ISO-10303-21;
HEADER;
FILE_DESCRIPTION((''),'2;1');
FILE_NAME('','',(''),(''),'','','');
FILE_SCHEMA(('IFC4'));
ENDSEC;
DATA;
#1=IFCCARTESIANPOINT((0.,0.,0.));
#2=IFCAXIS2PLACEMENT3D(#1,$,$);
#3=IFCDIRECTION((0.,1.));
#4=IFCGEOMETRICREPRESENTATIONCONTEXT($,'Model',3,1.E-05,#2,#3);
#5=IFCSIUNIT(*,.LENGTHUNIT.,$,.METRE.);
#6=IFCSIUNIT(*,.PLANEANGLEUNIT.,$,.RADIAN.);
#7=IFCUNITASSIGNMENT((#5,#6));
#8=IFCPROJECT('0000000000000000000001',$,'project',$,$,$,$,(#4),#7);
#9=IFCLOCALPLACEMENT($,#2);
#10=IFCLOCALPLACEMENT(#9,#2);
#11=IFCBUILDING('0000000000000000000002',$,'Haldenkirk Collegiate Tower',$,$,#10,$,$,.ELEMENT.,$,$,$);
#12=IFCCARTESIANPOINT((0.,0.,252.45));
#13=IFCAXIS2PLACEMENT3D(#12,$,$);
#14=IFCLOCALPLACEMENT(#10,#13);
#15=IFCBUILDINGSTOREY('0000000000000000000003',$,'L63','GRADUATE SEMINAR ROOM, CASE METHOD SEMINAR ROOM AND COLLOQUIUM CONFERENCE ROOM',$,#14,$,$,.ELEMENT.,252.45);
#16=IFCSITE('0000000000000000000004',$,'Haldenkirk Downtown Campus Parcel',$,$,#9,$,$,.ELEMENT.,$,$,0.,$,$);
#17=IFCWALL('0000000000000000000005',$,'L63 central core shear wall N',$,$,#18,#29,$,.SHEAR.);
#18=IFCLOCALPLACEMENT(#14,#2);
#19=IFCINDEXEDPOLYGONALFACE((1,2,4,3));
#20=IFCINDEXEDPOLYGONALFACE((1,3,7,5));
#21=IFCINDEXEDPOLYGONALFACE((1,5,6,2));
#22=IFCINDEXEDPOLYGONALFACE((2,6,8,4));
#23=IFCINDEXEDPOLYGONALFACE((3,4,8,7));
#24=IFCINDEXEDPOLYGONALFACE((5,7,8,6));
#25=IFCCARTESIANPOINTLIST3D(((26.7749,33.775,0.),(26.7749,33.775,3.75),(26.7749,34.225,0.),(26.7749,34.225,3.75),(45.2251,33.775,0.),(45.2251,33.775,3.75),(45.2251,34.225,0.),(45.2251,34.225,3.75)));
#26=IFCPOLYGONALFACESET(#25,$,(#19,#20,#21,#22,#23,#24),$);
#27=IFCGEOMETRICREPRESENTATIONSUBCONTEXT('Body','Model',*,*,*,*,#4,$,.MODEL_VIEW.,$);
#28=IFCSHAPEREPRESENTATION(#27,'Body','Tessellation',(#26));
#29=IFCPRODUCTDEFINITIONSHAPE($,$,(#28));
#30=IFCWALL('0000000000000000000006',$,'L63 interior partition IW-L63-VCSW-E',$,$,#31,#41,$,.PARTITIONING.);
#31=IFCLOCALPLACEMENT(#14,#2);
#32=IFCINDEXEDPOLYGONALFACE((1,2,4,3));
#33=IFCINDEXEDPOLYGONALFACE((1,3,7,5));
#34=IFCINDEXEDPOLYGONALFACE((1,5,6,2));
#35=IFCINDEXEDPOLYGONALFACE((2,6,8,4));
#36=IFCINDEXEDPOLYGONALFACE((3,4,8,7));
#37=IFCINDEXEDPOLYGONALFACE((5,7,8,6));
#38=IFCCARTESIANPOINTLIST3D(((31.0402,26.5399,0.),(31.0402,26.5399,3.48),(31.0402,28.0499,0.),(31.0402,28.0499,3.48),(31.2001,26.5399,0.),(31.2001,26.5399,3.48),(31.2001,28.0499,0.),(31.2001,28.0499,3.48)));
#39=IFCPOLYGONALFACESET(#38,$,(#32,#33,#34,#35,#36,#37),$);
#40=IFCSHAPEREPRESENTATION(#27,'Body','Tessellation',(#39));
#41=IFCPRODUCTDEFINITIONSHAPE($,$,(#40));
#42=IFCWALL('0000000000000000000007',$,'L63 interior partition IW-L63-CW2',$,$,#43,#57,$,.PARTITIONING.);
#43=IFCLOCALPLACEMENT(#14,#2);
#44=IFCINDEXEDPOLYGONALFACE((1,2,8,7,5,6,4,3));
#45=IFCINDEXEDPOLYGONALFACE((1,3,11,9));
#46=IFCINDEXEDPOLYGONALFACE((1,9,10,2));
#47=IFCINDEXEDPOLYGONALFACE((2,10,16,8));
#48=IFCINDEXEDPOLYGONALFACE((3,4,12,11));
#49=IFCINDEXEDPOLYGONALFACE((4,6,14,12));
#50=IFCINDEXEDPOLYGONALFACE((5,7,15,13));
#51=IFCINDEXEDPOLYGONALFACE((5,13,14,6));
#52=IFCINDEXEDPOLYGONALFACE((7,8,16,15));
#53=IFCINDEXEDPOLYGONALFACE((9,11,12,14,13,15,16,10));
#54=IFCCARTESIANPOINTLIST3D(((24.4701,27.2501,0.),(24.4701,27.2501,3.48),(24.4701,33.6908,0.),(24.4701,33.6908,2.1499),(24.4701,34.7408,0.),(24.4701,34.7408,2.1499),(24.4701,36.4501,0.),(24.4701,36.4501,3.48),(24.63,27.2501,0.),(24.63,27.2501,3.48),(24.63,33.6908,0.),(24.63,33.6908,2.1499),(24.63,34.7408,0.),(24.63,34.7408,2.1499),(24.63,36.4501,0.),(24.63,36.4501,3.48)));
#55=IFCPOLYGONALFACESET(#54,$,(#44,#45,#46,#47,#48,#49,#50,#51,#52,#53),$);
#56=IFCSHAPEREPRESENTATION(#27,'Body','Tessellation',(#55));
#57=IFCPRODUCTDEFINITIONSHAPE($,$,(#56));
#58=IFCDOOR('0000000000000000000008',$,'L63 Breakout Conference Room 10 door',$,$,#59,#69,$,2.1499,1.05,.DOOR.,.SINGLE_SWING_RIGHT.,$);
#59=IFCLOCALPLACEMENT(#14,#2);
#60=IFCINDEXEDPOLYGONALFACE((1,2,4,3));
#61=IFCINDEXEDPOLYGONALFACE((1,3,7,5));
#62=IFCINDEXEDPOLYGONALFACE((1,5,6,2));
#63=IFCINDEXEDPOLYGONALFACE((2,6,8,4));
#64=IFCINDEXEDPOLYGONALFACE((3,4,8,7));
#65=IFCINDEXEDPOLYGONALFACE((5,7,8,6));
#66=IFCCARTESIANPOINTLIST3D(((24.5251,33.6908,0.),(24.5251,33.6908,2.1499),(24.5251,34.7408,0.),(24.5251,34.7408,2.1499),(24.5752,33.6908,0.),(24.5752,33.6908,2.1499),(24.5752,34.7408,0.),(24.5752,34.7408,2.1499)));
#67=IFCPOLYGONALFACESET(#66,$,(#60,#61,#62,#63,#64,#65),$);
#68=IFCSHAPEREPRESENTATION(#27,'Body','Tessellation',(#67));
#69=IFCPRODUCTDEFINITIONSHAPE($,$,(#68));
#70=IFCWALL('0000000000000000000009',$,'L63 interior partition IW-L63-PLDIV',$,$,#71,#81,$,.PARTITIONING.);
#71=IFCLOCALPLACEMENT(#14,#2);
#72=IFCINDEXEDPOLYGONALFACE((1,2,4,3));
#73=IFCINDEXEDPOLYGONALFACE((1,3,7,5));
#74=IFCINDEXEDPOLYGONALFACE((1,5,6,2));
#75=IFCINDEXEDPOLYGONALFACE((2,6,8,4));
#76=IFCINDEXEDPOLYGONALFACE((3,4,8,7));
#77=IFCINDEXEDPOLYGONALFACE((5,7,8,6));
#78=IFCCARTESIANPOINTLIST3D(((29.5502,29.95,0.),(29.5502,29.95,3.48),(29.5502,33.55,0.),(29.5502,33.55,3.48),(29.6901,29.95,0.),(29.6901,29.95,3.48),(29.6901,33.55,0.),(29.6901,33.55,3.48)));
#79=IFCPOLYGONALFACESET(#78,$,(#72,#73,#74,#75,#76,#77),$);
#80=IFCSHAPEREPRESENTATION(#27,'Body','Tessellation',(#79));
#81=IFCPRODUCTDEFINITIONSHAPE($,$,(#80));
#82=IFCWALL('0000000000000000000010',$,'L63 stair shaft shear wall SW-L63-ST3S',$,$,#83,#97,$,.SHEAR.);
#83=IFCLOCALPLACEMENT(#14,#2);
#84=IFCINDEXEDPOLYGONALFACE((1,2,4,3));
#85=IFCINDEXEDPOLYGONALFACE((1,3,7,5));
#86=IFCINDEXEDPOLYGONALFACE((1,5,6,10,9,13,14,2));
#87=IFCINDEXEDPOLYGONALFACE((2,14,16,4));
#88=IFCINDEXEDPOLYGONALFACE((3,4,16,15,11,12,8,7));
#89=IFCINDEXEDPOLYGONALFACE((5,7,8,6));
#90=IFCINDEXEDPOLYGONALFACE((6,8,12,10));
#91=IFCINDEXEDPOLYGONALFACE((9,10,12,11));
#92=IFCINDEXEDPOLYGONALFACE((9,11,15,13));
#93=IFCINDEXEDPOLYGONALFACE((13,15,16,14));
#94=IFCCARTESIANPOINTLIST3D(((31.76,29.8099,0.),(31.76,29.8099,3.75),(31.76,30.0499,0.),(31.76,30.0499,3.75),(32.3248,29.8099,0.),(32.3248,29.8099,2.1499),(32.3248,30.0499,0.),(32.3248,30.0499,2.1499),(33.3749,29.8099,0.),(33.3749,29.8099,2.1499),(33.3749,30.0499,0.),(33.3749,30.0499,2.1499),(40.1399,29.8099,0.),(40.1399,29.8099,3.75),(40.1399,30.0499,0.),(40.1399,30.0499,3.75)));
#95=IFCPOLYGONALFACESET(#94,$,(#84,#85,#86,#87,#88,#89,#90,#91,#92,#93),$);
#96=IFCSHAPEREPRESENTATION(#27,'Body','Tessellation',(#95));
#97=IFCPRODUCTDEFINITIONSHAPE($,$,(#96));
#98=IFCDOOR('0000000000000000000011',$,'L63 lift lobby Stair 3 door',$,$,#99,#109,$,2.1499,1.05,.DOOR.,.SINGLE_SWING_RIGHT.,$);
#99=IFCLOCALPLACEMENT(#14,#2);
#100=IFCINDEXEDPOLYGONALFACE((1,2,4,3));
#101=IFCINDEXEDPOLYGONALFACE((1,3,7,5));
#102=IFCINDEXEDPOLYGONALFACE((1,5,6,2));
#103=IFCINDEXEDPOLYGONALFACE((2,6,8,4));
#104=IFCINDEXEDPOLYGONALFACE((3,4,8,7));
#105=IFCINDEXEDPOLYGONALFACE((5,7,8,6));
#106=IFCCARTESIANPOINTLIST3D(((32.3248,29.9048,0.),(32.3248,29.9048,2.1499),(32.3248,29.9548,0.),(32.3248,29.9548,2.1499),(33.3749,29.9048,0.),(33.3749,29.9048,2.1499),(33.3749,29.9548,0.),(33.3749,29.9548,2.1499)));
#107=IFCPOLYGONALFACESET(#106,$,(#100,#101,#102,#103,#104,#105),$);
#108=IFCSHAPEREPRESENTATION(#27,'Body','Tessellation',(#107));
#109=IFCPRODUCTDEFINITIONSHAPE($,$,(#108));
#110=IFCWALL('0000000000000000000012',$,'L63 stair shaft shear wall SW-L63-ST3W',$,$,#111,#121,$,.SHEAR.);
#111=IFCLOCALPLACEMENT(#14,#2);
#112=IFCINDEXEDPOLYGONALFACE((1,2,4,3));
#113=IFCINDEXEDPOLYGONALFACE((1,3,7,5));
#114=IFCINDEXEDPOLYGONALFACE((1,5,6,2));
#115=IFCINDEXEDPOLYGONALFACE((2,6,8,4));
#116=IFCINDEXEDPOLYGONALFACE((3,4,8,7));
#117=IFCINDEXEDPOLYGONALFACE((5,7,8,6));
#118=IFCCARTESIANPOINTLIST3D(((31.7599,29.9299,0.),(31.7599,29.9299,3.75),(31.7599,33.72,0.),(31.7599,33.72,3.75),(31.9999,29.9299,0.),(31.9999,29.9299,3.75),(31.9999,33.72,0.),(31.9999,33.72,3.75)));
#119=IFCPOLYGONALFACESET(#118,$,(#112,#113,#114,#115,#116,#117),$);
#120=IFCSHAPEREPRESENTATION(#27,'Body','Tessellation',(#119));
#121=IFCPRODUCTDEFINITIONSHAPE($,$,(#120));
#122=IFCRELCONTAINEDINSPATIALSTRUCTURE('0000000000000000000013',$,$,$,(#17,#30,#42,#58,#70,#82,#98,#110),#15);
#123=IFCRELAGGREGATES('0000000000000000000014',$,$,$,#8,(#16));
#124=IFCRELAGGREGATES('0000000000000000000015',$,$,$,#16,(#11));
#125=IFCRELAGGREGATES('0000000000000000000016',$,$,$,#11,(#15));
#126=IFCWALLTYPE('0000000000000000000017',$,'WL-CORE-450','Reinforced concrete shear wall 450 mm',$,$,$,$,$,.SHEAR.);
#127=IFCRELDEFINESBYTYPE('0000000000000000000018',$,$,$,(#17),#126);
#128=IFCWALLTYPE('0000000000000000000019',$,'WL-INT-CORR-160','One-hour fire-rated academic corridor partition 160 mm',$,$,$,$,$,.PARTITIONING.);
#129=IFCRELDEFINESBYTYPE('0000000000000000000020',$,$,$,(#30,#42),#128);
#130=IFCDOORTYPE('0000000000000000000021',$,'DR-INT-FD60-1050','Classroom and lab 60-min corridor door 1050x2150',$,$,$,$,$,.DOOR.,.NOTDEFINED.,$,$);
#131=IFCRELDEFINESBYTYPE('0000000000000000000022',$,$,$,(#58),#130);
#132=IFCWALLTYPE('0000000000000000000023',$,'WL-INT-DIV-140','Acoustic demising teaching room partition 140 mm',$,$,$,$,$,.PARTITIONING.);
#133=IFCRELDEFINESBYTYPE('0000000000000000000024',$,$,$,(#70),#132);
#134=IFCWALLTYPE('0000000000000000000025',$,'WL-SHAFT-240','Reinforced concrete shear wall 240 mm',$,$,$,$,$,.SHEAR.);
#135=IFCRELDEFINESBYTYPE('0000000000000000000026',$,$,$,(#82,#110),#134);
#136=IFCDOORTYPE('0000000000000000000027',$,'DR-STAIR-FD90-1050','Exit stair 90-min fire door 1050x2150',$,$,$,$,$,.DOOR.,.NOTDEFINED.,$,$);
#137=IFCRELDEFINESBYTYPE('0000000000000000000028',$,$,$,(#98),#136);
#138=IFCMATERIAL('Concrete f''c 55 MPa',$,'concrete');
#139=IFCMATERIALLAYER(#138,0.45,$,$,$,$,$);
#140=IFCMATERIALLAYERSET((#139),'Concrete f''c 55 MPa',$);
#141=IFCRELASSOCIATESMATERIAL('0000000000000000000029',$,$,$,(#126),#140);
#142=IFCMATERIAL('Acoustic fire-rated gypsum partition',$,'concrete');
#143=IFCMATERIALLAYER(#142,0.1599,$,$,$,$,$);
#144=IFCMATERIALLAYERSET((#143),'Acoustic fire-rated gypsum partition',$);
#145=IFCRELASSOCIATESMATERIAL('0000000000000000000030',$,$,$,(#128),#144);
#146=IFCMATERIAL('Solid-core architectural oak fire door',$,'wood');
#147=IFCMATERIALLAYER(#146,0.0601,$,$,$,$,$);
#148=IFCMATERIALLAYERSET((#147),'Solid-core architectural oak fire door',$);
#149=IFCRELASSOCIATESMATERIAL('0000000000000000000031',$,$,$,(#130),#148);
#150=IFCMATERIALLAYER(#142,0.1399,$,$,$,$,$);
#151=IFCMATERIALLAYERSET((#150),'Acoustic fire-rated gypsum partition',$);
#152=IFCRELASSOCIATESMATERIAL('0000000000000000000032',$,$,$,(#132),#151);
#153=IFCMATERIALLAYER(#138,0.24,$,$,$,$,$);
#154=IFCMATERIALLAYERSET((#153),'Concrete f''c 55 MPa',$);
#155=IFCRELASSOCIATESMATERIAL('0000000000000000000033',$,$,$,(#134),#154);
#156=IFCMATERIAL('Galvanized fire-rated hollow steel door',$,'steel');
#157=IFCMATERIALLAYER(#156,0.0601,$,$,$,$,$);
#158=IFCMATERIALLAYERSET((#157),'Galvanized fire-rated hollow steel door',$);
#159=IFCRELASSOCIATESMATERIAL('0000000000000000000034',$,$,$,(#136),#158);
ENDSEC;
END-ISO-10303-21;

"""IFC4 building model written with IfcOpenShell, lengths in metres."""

from ifc_helpers import new_model, si_unit, direction, frame, frame_2d, origin, place, context, subcontext, project, spatial, rectangle, extrude, material, layer, layer_set, type_object, element, fill, save


model = new_model("IFC4")

# Units and contexts
model_context = context("Model", 3, precision=1e-05, world=origin(), true_north=direction((0.0, 1.0)))
body_context = subcontext(model_context, "Body", "Model", "MODEL_VIEW")
ifc_project = project(units=[si_unit("LENGTHUNIT", "METRE"), si_unit("PLANEANGLEUNIT", "RADIAN")], contexts=[model_context])

# Site, building, storey
site_placement = place(None, origin())
site = spatial("IfcSite", under=ifc_project, at=site_placement, Name="Haldenkirk Downtown Campus Parcel", CompositionType="ELEMENT", RefElevation=0.0)
building_placement = place(site_placement, origin())
building = spatial("IfcBuilding", under=site, at=building_placement, Name="Haldenkirk Collegiate Tower", CompositionType="ELEMENT")
storey_placement = place(building_placement, frame((0.0, 0.0, 252.45)))
storey = spatial("IfcBuildingStorey", under=building, at=storey_placement, Name="L63", Description="GRADUATE SEMINAR ROOM, CASE METHOD SEMINAR ROOM AND COLLOQUIUM CONFERENCE ROOM", CompositionType="ELEMENT", Elevation=252.45)

# Wall
ifc_material_1 = material(Name="Concrete f'c 55 MPa", Category="concrete")
ifc_layer_1 = layer(ifc_material_1, 0.45)
ifc_layer_set_1 = layer_set([ifc_layer_1], Name="Concrete f'c 55 MPa")
wall_type_1 = type_object("IfcWallType", Name="WL-CORE-450", Description="Reinforced concrete shear wall 450 mm", PredefinedType="SHEAR", material=ifc_layer_set_1)
wall_1_placement = place(storey_placement, frame((26.7749, 34.0, 0.0), z_axis=(0.0, 0.0, 1.0), x_axis=(1.0, 0.0, 0.0)))
element("IfcWall", 1, at=wall_1_placement, inside=storey, type_object=wall_type_1, Name="L63 central core shear wall N", PredefinedType="SHEAR", context=body_context, shape_type="SweptSolid", body=[
    extrude(rectangle(XDim=18.4502, YDim=0.45, at=frame_2d((9.2251, 0.0))), origin(), (0.0, 0.0, 1.0), 3.75),
])

# Shared definitions
ifc_material_2 = material(Name="Acoustic fire-rated gypsum partition", Category="concrete")
ifc_layer_2 = layer(ifc_material_2, 0.1599)
ifc_layer_set_2 = layer_set([ifc_layer_2], Name="Acoustic fire-rated gypsum partition")
wall_type_2 = type_object("IfcWallType", Name="WL-INT-CORR-160", Description="One-hour fire-rated academic corridor partition 160 mm", PredefinedType="PARTITIONING", material=ifc_layer_set_2)
ifc_material_3 = material(Name="Solid-core architectural oak fire door", Category="wood")

# Wall
wall_2_placement = place(storey_placement, frame((31.1201, 26.54, 0.0), z_axis=(0.0, 0.0, 1.0), x_axis=(0.0, 1.0, 0.0)))
element("IfcWall", 2, at=wall_2_placement, inside=storey, type_object=wall_type_2, Name="L63 interior partition IW-L63-VCSW-E", PredefinedType="PARTITIONING", context=body_context, shape_type="SweptSolid", body=[
    extrude(rectangle(XDim=1.51, YDim=0.1599, at=frame_2d((0.7549, 0.0))), origin(), (0.0, 0.0, 1.0), 3.48),
])

# Wall, opening, door
wall_3_placement = place(storey_placement, frame((24.55, 27.25, 0.0), z_axis=(0.0, 0.0, 1.0), x_axis=(0.0, 1.0, 0.0)))
wall_3 = element("IfcWall", 3, at=wall_3_placement, inside=storey, type_object=wall_type_2, Name="L63 interior partition IW-L63-CW2", PredefinedType="PARTITIONING", context=body_context, shape_type="SweptSolid", body=[
    extrude(rectangle(XDim=9.2, YDim=0.1599, at=frame_2d((4.6001, 0.0))), origin(), (0.0, 0.0, 1.0), 3.48),
])
opening_1_placement = place(wall_3_placement, frame((6.4409, 0.0, 0.0)))
opening_1 = element("IfcOpeningElement", 4, at=opening_1_placement, cuts=wall_3, PredefinedType="OPENING", context=body_context, shape_type="SweptSolid", body=[
    extrude(rectangle(XDim=1.05, YDim=2.1499, at=frame_2d((0.5249, 1.075))), frame((0.0, 0.0898, 0.0), z_axis=(0.0, -1.0, 0.0), x_axis=(1.0, 0.0, 0.0)), (0.0, 0.0, 1.0), 0.1799),
])
ifc_layer_3 = layer(ifc_material_3, 0.0601)
ifc_layer_set_3 = layer_set([ifc_layer_3], Name="Solid-core architectural oak fire door")
door_type_1 = type_object("IfcDoorType", Name="DR-INT-FD60-1050", Description="Classroom and lab 60-min corridor door 1050x2150", OperationType="NOTDEFINED", PredefinedType="DOOR", material=ifc_layer_set_3)
door_1_placement = place(opening_1_placement, origin())
door_1 = element("IfcDoor", 5, at=door_1_placement, inside=storey, type_object=door_type_1, Name="L63 Breakout Conference Room 10 door", OperationType="SINGLE_SWING_RIGHT", OverallHeight=2.1499, OverallWidth=1.05, PredefinedType="DOOR", context=body_context, shape_type="SweptSolid", body=[
    extrude(rectangle(XDim=1.05, YDim=2.1499, at=frame_2d((0.5249, 1.075))), frame((0.0, 0.0249, 0.0), z_axis=(0.0, -1.0, 0.0), x_axis=(1.0, 0.0, 0.0)), (0.0, 0.0, 1.0), 0.05),
])
fill(opening_1, door_1)

# Wall
ifc_layer_4 = layer(ifc_material_2, 0.1399)
ifc_layer_set_4 = layer_set([ifc_layer_4], Name="Acoustic fire-rated gypsum partition")
wall_type_3 = type_object("IfcWallType", Name="WL-INT-DIV-140", Description="Acoustic demising teaching room partition 140 mm", PredefinedType="PARTITIONING", material=ifc_layer_set_4)
wall_4_placement = place(storey_placement, frame((29.6201, 29.95, 0.0), z_axis=(0.0, 0.0, 1.0), x_axis=(0.0, 1.0, 0.0)))
element("IfcWall", 6, at=wall_4_placement, inside=storey, type_object=wall_type_3, Name="L63 interior partition IW-L63-PLDIV", PredefinedType="PARTITIONING", context=body_context, shape_type="SweptSolid", body=[
    extrude(rectangle(XDim=3.6001, YDim=0.1399, at=frame_2d((1.8, 0.0))), origin(), (0.0, 0.0, 1.0), 3.48),
])

# Wall, opening, door
ifc_layer_5 = layer(ifc_material_1, 0.24)
ifc_layer_set_5 = layer_set([ifc_layer_5], Name="Concrete f'c 55 MPa")
wall_type_4 = type_object("IfcWallType", Name="WL-SHAFT-240", Description="Reinforced concrete shear wall 240 mm", PredefinedType="SHEAR", material=ifc_layer_set_5)
wall_5_placement = place(storey_placement, frame((31.76, 29.9299, 0.0), z_axis=(0.0, 0.0, 1.0), x_axis=(1.0, 0.0, 0.0)))
wall_5 = element("IfcWall", 7, at=wall_5_placement, inside=storey, type_object=wall_type_4, Name="L63 stair shaft shear wall SW-L63-ST3S", PredefinedType="SHEAR", context=body_context, shape_type="SweptSolid", body=[
    extrude(rectangle(XDim=8.3799, YDim=0.24, at=frame_2d((4.1899, 0.0))), origin(), (0.0, 0.0, 1.0), 3.75),
])
opening_2_placement = place(wall_5_placement, frame((0.5649, 0.0, 0.0)))
opening_2 = element("IfcOpeningElement", 8, at=opening_2_placement, cuts=wall_5, PredefinedType="OPENING", context=body_context, shape_type="SweptSolid", body=[
    extrude(rectangle(XDim=1.05, YDim=2.1499, at=frame_2d((0.5249, 1.075))), frame((0.0, 0.1299, 0.0), z_axis=(0.0, -1.0, 0.0), x_axis=(1.0, 0.0, 0.0)), (0.0, 0.0, 1.0), 0.26),
])
ifc_material_4 = material(Name="Galvanized fire-rated hollow steel door", Category="steel")
ifc_layer_6 = layer(ifc_material_4, 0.0601)
ifc_layer_set_6 = layer_set([ifc_layer_6], Name="Galvanized fire-rated hollow steel door")
door_type_2 = type_object("IfcDoorType", Name="DR-STAIR-FD90-1050", Description="Exit stair 90-min fire door 1050x2150", OperationType="NOTDEFINED", PredefinedType="DOOR", material=ifc_layer_set_6)
door_2_placement = place(opening_2_placement, origin())
door_2 = element("IfcDoor", 9, at=door_2_placement, inside=storey, type_object=door_type_2, Name="L63 lift lobby Stair 3 door", OperationType="SINGLE_SWING_RIGHT", OverallHeight=2.1499, OverallWidth=1.05, PredefinedType="DOOR", context=body_context, shape_type="SweptSolid", body=[
    extrude(rectangle(XDim=1.05, YDim=2.1499, at=frame_2d((0.5249, 1.075))), frame((0.0, 0.0249, 0.0), z_axis=(0.0, -1.0, 0.0), x_axis=(1.0, 0.0, 0.0)), (0.0, 0.0, 1.0), 0.05),
])
fill(opening_2, door_2)

# Wall
wall_6_placement = place(storey_placement, frame((31.8799, 29.9299, 0.0), z_axis=(0.0, 0.0, 1.0), x_axis=(0.0, 1.0, 0.0)))
element("IfcWall", 10, at=wall_6_placement, inside=storey, type_object=wall_type_4, Name="L63 stair shaft shear wall SW-L63-ST3W", PredefinedType="SHEAR", context=body_context, shape_type="SweptSolid", body=[
    extrude(rectangle(XDim=3.79, YDim=0.24, at=frame_2d((1.895, 0.0))), origin(), (0.0, 0.0, 1.0), 3.75),
])

save(model, "model.ifc")
